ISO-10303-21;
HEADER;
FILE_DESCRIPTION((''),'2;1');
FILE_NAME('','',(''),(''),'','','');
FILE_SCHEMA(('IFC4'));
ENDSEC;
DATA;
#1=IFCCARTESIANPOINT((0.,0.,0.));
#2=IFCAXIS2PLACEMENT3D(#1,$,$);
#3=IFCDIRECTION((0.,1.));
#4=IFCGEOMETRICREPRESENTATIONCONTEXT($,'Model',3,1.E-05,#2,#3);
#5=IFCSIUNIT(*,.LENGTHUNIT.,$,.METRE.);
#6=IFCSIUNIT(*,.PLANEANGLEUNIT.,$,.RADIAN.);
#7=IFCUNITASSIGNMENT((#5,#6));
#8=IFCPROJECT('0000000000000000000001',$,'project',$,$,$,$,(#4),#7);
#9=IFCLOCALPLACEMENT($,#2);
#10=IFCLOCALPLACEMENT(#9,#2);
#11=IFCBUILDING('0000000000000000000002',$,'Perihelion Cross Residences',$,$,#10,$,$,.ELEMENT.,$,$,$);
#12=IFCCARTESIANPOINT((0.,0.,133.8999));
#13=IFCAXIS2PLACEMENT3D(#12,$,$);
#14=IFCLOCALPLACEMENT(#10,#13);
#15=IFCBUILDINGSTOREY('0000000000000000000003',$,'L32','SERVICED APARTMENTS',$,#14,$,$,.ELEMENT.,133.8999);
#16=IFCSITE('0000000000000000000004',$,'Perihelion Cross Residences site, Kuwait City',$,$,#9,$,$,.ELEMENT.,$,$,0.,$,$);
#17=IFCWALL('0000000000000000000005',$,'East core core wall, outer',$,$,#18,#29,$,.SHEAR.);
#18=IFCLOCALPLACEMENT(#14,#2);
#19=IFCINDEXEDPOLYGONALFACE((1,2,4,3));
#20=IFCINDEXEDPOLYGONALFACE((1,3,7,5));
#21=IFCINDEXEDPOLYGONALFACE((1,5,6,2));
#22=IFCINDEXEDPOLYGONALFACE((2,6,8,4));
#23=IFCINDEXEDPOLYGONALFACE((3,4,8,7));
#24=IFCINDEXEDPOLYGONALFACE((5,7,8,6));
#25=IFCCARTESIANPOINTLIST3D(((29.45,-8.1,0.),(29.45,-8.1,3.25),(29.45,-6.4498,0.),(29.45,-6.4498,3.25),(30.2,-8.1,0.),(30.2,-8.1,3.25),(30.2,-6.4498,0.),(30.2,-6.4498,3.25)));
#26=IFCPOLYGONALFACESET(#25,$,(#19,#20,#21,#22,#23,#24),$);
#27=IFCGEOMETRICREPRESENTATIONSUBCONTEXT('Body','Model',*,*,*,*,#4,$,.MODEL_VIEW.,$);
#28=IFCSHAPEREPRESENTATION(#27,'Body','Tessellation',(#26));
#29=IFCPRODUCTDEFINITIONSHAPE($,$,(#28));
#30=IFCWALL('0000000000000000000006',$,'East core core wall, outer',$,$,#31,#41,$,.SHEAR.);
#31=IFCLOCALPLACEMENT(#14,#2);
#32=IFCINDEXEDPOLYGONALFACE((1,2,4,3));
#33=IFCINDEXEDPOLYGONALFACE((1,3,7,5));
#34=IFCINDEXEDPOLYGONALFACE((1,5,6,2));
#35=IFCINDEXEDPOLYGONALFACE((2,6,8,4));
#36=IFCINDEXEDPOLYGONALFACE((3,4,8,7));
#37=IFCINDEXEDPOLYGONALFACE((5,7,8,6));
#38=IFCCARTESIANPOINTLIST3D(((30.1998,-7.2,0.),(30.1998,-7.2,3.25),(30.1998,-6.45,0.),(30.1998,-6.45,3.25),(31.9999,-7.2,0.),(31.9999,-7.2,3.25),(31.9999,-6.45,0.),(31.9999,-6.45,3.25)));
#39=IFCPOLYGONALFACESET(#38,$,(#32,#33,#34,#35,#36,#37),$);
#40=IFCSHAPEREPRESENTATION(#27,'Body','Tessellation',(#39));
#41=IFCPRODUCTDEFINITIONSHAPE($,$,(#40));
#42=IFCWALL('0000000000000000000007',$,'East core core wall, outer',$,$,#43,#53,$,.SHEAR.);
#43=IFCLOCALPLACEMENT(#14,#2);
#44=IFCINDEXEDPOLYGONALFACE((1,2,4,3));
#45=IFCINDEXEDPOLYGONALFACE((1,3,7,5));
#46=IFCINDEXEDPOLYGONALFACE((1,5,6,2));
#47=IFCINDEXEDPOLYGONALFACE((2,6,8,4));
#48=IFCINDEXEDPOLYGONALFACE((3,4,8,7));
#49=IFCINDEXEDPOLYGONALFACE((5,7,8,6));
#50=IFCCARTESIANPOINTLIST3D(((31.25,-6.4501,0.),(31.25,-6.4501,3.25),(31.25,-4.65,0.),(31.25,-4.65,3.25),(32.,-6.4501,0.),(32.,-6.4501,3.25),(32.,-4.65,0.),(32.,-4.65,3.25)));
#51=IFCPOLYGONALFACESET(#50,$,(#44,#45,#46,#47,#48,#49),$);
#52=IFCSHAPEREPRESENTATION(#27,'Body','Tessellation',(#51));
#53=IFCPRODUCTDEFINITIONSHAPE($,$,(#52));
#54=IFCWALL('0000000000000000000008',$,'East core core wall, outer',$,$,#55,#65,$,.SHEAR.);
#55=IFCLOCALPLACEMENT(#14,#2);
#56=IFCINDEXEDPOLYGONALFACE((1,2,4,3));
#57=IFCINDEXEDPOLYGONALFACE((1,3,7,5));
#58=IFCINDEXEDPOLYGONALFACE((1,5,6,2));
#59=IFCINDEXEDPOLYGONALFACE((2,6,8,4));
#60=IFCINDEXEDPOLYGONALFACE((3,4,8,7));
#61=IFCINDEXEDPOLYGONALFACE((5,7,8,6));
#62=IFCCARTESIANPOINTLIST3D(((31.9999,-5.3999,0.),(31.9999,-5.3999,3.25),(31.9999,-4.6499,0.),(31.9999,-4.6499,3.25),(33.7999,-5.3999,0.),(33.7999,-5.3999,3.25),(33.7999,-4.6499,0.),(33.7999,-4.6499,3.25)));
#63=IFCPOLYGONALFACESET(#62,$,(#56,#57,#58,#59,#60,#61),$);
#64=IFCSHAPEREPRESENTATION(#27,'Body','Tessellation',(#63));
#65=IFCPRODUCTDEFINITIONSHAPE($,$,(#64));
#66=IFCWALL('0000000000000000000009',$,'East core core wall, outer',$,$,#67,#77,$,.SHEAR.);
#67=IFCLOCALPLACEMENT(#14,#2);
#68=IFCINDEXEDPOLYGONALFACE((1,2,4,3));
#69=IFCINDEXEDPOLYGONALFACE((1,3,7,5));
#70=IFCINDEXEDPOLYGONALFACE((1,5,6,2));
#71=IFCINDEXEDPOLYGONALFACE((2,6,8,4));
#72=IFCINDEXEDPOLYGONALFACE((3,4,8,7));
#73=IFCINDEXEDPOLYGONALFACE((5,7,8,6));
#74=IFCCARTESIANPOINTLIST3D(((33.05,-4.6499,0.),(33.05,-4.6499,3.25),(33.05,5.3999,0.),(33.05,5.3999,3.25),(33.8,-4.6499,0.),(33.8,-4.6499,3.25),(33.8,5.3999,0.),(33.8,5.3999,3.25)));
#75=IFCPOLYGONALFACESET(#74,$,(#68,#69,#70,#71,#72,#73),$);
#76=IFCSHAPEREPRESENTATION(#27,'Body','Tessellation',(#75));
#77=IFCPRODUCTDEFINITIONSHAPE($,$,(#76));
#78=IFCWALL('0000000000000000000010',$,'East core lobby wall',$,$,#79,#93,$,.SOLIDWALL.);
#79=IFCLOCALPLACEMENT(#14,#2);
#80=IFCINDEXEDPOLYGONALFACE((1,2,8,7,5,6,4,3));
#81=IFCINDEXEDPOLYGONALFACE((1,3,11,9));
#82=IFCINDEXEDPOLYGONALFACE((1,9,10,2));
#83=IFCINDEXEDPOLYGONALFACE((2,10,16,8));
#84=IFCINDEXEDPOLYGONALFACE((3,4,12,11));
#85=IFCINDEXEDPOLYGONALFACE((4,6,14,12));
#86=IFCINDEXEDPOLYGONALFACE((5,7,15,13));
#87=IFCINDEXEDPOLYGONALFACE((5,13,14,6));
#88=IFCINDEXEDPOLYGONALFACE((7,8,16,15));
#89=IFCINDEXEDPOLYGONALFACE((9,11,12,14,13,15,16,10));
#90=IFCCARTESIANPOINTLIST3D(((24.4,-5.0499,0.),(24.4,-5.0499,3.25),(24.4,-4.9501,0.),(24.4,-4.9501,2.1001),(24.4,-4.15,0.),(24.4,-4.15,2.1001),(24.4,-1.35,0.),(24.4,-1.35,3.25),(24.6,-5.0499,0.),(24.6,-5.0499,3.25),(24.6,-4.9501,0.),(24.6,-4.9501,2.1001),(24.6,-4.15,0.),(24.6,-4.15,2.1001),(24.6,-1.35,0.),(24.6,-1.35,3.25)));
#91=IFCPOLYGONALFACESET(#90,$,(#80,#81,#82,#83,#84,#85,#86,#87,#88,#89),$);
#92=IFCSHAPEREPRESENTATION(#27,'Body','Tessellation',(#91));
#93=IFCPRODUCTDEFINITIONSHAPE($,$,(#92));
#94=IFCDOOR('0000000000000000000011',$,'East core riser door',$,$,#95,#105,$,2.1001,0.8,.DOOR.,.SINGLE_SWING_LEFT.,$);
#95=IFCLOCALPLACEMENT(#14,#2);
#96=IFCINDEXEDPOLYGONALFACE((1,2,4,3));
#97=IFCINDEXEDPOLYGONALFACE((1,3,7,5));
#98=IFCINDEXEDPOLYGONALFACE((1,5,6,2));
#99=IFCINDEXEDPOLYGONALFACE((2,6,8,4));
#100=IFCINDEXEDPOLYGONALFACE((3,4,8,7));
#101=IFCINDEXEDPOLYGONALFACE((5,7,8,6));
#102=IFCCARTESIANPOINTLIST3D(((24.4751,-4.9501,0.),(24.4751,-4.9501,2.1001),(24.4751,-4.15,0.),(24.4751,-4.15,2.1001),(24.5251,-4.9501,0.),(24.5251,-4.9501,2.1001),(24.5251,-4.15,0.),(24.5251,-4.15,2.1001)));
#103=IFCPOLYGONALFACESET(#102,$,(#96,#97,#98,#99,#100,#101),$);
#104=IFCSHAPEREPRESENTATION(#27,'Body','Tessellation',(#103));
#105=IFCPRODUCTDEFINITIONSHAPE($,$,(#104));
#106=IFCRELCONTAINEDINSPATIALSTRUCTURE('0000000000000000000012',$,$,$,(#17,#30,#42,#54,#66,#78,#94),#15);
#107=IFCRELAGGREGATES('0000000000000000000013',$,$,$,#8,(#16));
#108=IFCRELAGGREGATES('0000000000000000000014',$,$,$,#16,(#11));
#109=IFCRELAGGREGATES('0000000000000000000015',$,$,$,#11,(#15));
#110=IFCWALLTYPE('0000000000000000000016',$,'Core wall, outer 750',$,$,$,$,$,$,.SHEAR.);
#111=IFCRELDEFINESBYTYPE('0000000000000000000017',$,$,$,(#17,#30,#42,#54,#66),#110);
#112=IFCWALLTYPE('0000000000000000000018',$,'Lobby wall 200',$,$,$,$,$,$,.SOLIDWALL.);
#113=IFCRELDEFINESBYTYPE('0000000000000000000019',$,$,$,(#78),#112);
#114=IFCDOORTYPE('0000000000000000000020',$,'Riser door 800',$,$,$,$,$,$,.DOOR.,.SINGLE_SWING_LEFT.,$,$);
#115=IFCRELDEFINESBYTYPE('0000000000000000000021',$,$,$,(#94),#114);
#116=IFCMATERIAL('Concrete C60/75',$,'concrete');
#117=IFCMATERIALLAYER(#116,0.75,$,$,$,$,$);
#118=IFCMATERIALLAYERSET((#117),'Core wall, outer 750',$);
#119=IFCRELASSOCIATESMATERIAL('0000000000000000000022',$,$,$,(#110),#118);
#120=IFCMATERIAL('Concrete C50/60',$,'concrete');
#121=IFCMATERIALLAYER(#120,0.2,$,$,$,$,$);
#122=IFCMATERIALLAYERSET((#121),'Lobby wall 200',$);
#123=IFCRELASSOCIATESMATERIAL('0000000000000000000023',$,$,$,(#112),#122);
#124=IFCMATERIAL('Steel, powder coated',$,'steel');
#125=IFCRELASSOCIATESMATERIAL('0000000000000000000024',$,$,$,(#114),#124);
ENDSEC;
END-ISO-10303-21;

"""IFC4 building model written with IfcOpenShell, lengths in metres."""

from ifc_helpers import new_model, si_unit, direction, frame, frame_2d, origin, place, context, subcontext, project, spatial, rectangle, extrude, material, layer, layer_set, type_object, element, fill, save


model = new_model("IFC4")

# Units and contexts
model_context = context("Model", 3, precision=1e-05, world=origin(), true_north=direction((0.0, 1.0)))
body_context = subcontext(model_context, "Body", "Model", "MODEL_VIEW")
ifc_project = project(units=[si_unit("LENGTHUNIT", "METRE"), si_unit("PLANEANGLEUNIT", "RADIAN")], contexts=[model_context])

# Site, building, storey
site_placement = place(None, origin())
site = spatial("IfcSite", under=ifc_project, at=site_placement, Name="Perihelion Cross Residences site, Kuwait City", CompositionType="ELEMENT", RefElevation=0.0)
building_placement = place(site_placement, origin())
building = spatial("IfcBuilding", under=site, at=building_placement, Name="Perihelion Cross Residences", CompositionType="ELEMENT")
storey_placement = place(building_placement, frame((0.0, 0.0, 133.8999)))
storey = spatial("IfcBuildingStorey", under=building, at=storey_placement, Name="L32", Description="SERVICED APARTMENTS", CompositionType="ELEMENT", Elevation=133.8999)

# Walls
ifc_material_1 = material(Name="Concrete C60/75", Category="concrete")
ifc_layer_1 = layer(ifc_material_1, 0.75)
ifc_layer_set_1 = layer_set([ifc_layer_1], Name="Core wall, outer 750")
wall_type_1 = type_object("IfcWallType", Name="Core wall, outer 750", PredefinedType="SHEAR", material=ifc_layer_set_1)
wall_1_placement = place(storey_placement, frame((29.825, -8.1001, 0.0), z_axis=(0.0, 0.0, 1.0), x_axis=(0.0, 1.0, 0.0)))
element("IfcWall", 1, at=wall_1_placement, inside=storey, type_object=wall_type_1, Name="East core core wall, outer", PredefinedType="SHEAR", context=body_context, shape_type="SweptSolid", body=[
    extrude(rectangle(XDim=1.6501, YDim=0.75, at=frame_2d((0.8252, 0.0))), origin(), (0.0, 0.0, 1.0), 3.25),
])
for number, where, z_axis, x_axis, name in (
    (2, (30.2, -6.825, 0.0), (0.0, 0.0, 1.0), (1.0, 0.0, 0.0), "East core core wall, outer"),
    (3, (31.625, -6.45, 0.0), (0.0, 0.0, 1.0), (0.0, 1.0, 0.0), "East core core wall, outer"),
    (4, (32.0, -5.0249, 0.0), (0.0, 0.0, 1.0), (1.0, 0.0, 0.0), "East core core wall, outer"),
):
    element("IfcWall", number, at=place(storey_placement, frame(where, z_axis=z_axis, x_axis=x_axis)), inside=storey, type_object=wall_type_1, Name=name, PredefinedType="SHEAR", context=body_context, shape_type="SweptSolid", body=[
        extrude(rectangle(XDim=1.8, YDim=0.75, at=frame_2d((0.8999, 0.0))), origin(), (0.0, 0.0, 1.0), 3.25),
    ])
wall_2_placement = place(storey_placement, frame((33.425, -4.6499, 0.0), z_axis=(0.0, 0.0, 1.0), x_axis=(0.0, 1.0, 0.0)))
element("IfcWall", 5, at=wall_2_placement, inside=storey, type_object=wall_type_1, Name="East core core wall, outer", PredefinedType="SHEAR", context=body_context, shape_type="SweptSolid", body=[
    extrude(rectangle(XDim=10.0498, YDim=0.75, at=frame_2d((5.0249, 0.0))), origin(), (0.0, 0.0, 1.0), 3.25),
])

# Wall, opening, door
ifc_material_2 = material(Name="Concrete C50/60", Category="concrete")
ifc_layer_2 = layer(ifc_material_2, 0.2)
ifc_layer_set_2 = layer_set([ifc_layer_2], Name="Lobby wall 200")
wall_type_2 = type_object("IfcWallType", Name="Lobby wall 200", PredefinedType="SOLIDWALL", material=ifc_layer_set_2)
wall_3_placement = place(storey_placement, frame((24.5, -5.05, 0.0), z_axis=(0.0, 0.0, 1.0), x_axis=(0.0, 1.0, 0.0)))
wall_3 = element("IfcWall", 6, at=wall_3_placement, inside=storey, type_object=wall_type_2, Name="East core lobby wall", PredefinedType="SOLIDWALL", context=body_context, shape_type="SweptSolid", body=[
    extrude(rectangle(XDim=3.7, YDim=0.2, at=frame_2d((1.8501, 0.0))), origin(), (0.0, 0.0, 1.0), 3.25),
])
opening_1_placement = place(wall_3_placement, frame((0.1001, 0.0, 0.0)))
opening_1 = element("IfcOpeningElement", 7, at=opening_1_placement, cuts=wall_3, PredefinedType="OPENING", context=body_context, shape_type="SweptSolid", body=[
    extrude(rectangle(XDim=0.8, YDim=2.1001, at=frame_2d((0.3999, 1.05))), frame((0.0, 0.1099, 0.0), z_axis=(0.0, -1.0, 0.0), x_axis=(1.0, 0.0, 0.0)), (0.0, 0.0, 1.0), 0.22),
])
ifc_material_3 = material(Name="Steel, powder coated", Category="steel")
door_type_1 = type_object("IfcDoorType", Name="Riser door 800", OperationType="SINGLE_SWING_LEFT", PredefinedType="DOOR", material=ifc_material_3)
door_1_placement = place(opening_1_placement, origin())
door_1 = element("IfcDoor", 8, at=door_1_placement, inside=storey, type_object=door_type_1, Name="East core riser door", OperationType="SINGLE_SWING_LEFT", OverallHeight=2.1001, OverallWidth=0.8, PredefinedType="DOOR", context=body_context, shape_type="SweptSolid", body=[
    extrude(rectangle(XDim=0.8, YDim=2.1001, at=frame_2d((0.3999, 1.05))), frame((0.0, 0.0249, 0.0), z_axis=(0.0, -1.0, 0.0), x_axis=(1.0, 0.0, 0.0)), (0.0, 0.0, 1.0), 0.05),
])
fill(opening_1, door_1)

save(model, "model.ifc")
